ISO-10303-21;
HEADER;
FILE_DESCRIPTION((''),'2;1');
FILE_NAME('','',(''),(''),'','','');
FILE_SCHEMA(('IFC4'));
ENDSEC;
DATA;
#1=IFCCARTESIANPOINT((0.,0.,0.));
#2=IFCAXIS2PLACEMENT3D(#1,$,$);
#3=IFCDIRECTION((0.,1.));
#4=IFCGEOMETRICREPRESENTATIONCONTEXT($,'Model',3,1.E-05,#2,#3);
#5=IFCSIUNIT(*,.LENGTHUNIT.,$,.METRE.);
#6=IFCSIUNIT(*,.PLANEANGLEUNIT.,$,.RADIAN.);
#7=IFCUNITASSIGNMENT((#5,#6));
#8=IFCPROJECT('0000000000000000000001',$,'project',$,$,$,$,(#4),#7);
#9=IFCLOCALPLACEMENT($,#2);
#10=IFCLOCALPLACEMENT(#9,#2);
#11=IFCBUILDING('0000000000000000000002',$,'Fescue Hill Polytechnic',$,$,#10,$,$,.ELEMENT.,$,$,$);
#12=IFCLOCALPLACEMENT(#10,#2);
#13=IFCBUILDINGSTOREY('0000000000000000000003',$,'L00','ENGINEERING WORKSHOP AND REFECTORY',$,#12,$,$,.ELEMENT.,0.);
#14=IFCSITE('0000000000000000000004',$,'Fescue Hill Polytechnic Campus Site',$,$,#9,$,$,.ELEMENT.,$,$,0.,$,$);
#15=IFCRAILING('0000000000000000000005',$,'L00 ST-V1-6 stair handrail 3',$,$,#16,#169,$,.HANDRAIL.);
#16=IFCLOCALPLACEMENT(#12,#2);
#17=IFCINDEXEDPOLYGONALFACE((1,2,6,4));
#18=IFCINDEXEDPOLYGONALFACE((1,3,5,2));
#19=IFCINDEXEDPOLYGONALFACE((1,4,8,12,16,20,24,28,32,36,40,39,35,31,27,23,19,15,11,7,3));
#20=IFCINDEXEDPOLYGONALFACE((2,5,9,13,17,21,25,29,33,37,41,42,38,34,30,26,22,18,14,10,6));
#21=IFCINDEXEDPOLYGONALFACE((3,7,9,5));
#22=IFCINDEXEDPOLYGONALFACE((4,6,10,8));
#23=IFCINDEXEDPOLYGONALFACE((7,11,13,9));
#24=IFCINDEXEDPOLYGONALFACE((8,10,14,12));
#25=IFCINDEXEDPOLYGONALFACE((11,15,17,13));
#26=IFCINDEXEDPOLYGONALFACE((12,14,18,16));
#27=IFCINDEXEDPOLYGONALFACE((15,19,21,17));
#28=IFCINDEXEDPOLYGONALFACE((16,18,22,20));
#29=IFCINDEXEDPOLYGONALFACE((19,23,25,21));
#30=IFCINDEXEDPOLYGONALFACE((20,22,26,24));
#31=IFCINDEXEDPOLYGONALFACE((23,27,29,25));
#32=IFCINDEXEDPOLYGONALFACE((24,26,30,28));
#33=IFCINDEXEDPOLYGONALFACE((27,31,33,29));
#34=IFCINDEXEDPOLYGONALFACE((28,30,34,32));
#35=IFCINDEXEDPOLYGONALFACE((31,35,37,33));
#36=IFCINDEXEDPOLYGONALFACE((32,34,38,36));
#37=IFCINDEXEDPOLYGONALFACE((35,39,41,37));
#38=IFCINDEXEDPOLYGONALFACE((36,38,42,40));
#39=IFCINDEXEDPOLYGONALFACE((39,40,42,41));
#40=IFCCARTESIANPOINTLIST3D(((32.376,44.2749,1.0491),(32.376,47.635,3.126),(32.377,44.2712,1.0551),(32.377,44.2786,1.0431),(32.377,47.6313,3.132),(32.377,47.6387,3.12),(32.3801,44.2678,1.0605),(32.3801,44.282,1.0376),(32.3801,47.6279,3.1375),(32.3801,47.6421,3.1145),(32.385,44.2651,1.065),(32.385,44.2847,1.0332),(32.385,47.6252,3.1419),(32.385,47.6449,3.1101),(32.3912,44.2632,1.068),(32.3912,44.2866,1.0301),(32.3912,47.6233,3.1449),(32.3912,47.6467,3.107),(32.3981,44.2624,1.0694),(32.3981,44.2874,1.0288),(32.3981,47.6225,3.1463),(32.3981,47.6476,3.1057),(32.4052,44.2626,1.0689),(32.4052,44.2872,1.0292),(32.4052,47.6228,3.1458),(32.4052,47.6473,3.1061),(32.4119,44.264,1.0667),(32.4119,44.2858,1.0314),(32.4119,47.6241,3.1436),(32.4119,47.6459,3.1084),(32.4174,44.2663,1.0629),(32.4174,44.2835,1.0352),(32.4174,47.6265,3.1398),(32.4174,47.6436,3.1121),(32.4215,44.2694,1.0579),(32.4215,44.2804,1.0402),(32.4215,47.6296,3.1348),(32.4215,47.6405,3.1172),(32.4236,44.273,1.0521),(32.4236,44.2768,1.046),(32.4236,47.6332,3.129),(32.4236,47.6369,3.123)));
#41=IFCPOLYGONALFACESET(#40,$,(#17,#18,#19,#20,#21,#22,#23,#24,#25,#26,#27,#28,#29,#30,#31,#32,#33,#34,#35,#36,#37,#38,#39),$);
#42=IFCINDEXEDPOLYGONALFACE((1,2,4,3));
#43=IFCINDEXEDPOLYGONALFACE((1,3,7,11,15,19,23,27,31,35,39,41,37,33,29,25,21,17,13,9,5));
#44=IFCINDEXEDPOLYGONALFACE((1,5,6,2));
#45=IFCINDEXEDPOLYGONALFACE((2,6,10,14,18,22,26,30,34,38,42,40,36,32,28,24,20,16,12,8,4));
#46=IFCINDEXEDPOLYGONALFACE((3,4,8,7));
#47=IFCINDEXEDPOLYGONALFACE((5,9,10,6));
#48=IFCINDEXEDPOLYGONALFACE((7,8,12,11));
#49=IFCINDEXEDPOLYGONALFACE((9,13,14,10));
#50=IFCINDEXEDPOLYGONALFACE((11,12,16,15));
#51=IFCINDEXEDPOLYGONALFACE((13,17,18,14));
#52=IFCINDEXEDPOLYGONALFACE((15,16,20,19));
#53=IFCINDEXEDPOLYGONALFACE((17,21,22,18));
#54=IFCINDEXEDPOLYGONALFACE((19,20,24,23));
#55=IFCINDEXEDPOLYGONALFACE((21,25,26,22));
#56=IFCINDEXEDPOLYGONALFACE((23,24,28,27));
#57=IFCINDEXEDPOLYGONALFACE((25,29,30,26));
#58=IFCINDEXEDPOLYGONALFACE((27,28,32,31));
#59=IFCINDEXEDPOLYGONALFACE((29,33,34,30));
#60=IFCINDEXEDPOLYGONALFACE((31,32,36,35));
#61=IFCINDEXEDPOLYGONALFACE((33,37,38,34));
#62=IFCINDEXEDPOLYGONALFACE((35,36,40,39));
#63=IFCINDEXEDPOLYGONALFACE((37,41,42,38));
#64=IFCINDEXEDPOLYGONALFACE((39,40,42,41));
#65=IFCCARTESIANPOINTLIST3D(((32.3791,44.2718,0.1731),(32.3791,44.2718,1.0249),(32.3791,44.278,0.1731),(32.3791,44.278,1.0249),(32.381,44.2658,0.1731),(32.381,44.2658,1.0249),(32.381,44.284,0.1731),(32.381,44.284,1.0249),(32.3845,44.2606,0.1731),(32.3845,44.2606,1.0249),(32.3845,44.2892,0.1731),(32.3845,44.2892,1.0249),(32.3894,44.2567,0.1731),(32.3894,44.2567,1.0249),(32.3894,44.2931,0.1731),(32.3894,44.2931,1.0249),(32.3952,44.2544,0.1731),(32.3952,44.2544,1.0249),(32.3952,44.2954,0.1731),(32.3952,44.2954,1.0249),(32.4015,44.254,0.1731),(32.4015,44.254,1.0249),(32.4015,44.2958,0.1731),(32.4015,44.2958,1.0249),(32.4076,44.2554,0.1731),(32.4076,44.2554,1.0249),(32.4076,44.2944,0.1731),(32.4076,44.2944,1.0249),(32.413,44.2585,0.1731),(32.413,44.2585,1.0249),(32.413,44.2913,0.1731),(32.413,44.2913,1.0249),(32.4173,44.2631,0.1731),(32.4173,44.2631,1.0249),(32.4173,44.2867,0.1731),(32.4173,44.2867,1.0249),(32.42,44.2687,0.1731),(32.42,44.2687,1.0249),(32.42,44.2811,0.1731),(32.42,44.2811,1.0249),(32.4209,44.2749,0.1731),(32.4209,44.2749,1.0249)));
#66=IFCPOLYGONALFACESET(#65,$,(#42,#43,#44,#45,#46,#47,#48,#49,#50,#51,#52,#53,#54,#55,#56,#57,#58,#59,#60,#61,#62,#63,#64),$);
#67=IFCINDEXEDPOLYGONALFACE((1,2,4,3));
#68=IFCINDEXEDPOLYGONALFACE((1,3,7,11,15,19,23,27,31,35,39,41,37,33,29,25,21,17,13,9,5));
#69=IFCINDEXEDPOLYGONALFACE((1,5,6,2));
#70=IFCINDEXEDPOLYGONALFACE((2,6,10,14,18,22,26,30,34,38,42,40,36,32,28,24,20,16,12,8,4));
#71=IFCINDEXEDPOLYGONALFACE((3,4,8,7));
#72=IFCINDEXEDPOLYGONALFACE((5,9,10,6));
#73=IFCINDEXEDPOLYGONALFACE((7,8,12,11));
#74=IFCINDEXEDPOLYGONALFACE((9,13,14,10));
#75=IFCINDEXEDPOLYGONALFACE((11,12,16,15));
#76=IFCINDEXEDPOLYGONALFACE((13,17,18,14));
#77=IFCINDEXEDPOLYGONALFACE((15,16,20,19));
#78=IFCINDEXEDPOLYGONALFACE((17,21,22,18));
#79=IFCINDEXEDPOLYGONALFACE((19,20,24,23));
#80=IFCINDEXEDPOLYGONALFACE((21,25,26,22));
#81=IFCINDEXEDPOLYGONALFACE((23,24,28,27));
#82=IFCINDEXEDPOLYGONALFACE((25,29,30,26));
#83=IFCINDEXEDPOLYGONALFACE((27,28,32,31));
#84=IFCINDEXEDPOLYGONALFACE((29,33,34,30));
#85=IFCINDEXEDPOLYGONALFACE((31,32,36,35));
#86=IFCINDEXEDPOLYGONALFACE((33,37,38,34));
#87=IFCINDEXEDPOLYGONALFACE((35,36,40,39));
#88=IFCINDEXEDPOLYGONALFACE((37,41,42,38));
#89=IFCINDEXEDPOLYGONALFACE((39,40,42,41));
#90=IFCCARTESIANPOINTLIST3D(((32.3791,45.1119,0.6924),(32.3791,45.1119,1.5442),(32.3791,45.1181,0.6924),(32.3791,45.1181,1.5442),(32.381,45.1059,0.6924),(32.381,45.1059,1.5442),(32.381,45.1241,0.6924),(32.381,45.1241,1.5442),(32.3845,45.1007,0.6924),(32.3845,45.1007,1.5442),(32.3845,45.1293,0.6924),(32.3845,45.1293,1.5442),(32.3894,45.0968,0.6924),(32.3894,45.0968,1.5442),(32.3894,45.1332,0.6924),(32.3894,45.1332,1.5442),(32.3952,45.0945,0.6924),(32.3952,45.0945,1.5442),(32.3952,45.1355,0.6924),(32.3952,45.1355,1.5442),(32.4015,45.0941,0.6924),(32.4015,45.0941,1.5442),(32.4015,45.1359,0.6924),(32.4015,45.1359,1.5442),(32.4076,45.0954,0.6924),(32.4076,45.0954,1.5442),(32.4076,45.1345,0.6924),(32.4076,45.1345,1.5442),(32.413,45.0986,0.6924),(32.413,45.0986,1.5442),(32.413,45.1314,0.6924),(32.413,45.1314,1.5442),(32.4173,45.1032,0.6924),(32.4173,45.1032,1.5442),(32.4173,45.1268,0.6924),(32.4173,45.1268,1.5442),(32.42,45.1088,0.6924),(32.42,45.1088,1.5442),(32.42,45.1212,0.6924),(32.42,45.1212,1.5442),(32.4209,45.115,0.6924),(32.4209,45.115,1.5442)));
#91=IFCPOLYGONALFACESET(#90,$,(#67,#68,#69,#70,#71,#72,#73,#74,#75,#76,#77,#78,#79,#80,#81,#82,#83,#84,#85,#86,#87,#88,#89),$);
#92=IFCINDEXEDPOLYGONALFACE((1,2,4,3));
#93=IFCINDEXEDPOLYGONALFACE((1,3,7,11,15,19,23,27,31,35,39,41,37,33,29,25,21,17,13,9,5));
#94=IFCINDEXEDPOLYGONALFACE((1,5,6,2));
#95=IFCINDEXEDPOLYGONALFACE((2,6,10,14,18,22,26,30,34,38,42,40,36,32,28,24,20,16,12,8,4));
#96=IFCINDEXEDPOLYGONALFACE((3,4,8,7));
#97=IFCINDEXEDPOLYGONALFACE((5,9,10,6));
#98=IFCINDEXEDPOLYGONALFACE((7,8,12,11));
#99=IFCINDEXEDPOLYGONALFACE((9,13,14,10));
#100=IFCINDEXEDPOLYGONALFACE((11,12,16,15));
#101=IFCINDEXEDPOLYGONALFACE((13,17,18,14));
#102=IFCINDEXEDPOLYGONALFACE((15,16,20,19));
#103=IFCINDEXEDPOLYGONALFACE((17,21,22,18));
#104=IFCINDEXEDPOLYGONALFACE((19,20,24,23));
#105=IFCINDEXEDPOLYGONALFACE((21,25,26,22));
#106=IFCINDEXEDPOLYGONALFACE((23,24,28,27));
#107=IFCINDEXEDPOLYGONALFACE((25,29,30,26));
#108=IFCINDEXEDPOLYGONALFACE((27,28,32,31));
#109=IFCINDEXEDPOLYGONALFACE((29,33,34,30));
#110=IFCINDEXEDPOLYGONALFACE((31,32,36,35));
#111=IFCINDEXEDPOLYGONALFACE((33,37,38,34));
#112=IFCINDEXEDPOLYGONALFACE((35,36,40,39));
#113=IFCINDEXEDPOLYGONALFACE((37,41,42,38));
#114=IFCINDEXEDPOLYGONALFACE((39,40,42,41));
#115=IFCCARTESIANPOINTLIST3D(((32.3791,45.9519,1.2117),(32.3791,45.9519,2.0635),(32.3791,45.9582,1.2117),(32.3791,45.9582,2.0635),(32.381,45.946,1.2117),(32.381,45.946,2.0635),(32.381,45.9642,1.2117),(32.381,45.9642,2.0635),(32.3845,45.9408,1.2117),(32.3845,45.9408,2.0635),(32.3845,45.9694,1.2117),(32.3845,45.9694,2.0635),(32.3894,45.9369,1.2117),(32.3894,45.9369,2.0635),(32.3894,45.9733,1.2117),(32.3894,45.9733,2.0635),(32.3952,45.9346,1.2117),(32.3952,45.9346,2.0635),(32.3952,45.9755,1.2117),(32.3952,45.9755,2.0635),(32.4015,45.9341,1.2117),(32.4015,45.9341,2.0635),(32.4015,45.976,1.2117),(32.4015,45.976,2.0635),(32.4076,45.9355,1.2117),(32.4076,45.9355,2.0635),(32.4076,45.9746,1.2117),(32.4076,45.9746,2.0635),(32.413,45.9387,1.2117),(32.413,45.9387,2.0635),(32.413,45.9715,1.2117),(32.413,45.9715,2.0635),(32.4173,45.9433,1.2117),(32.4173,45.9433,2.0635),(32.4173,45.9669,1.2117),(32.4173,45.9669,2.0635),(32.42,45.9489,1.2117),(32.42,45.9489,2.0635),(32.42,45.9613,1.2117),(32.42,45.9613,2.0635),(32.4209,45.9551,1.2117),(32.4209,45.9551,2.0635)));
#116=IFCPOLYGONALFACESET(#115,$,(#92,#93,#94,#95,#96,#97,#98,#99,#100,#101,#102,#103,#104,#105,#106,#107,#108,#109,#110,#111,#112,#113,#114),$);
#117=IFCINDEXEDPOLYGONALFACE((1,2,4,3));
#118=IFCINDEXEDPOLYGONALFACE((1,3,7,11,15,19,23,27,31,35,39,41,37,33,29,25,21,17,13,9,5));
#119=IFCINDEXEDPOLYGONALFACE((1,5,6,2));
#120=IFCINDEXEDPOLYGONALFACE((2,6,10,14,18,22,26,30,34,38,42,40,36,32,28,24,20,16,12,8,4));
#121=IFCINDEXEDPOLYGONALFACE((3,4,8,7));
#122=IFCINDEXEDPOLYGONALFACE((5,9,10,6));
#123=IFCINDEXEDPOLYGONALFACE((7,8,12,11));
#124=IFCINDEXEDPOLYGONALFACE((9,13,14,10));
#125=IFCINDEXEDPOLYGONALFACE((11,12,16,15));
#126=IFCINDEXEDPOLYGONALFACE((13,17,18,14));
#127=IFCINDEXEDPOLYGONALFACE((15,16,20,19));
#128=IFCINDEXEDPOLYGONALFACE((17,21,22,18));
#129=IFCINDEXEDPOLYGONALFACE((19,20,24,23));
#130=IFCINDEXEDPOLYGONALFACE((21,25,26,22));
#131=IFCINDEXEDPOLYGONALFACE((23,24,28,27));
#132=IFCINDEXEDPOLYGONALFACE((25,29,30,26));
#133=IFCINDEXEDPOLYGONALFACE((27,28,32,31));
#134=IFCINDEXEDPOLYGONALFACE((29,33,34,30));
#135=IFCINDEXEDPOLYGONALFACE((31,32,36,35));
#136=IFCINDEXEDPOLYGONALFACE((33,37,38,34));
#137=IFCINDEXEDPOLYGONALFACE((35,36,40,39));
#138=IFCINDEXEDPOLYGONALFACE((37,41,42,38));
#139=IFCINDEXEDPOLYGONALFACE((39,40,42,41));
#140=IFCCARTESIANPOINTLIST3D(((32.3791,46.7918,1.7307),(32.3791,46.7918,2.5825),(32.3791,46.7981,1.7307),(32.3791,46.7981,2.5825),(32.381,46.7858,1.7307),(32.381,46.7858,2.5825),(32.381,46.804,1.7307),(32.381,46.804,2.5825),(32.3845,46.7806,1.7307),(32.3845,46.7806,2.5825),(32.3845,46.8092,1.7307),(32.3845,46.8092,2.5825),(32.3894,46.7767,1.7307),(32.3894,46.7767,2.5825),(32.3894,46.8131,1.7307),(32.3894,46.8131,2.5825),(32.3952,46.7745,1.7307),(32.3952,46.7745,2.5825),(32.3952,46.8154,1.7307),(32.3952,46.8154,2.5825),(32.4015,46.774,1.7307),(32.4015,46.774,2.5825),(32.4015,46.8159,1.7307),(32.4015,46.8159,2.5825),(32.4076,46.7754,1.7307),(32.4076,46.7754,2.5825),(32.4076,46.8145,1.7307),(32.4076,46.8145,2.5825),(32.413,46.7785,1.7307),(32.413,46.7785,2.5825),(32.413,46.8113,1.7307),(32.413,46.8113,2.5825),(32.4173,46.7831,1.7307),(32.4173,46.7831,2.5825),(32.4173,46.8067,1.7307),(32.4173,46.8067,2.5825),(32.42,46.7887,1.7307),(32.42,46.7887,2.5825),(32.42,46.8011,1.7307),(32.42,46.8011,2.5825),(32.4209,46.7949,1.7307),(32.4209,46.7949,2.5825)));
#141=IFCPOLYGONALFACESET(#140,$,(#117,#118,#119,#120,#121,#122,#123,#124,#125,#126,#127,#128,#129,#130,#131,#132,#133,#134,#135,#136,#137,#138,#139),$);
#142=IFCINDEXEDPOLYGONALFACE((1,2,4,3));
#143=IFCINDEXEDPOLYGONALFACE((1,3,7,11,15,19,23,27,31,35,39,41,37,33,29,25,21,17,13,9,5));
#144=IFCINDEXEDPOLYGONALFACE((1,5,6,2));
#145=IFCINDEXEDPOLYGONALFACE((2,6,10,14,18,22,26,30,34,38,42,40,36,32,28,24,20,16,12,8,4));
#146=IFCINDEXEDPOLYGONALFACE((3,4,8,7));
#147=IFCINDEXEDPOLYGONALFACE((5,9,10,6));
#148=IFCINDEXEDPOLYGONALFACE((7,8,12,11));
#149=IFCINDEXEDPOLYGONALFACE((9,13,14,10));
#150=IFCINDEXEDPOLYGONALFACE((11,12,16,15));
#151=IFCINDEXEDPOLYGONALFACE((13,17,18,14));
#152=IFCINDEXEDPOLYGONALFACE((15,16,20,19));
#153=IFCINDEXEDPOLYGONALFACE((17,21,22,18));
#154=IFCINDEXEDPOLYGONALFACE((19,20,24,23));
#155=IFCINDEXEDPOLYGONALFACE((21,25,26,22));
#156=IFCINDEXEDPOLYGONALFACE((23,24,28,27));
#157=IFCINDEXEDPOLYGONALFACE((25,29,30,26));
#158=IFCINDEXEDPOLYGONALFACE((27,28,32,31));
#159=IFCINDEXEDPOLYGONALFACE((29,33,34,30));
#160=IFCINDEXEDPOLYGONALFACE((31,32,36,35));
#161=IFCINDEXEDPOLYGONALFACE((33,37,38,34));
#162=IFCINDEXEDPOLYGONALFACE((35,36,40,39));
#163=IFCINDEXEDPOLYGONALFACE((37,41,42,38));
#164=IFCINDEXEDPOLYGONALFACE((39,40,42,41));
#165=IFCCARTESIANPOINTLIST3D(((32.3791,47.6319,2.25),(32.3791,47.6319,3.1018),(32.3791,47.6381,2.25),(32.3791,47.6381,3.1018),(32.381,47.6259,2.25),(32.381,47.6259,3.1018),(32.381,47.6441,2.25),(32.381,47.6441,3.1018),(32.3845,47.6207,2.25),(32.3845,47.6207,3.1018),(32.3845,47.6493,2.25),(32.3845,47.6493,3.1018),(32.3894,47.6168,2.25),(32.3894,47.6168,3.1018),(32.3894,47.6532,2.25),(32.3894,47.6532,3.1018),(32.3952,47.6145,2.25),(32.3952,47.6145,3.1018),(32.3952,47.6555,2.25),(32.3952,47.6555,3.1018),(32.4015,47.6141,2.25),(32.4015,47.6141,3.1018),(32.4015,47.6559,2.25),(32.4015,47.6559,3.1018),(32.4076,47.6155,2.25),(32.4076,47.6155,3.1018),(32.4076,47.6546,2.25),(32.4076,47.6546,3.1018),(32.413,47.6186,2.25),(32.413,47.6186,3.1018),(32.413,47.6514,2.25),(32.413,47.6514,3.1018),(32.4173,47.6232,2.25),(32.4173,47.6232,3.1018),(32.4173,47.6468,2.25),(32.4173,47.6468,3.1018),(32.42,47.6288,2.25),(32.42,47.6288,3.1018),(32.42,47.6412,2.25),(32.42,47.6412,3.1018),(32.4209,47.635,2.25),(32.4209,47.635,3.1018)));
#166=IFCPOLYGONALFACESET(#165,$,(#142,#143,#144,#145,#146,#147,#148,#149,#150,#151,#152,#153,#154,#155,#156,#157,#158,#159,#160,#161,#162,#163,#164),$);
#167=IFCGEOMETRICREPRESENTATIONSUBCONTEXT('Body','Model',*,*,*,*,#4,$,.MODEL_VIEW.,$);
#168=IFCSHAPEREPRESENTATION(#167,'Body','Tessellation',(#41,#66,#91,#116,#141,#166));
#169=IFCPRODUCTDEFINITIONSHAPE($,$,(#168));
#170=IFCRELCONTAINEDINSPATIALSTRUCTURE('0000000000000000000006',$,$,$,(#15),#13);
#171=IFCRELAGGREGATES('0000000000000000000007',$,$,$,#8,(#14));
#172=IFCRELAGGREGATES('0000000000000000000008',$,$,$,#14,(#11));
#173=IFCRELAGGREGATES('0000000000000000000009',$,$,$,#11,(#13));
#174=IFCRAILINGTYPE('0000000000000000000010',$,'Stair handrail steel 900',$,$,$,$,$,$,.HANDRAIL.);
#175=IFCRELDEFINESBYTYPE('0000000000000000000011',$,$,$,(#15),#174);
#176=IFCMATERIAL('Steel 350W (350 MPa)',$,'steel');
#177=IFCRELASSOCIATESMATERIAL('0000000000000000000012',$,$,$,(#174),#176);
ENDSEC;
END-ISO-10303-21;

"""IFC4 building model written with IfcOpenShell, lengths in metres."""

from ifc_helpers import new_model, si_unit, direction, frame, origin, origin_2d, place, context, subcontext, project, spatial, circle, extrude, material, type_object, element, save


model = new_model("IFC4")

# Units and contexts
model_context = context("Model", 3, precision=1e-05, world=origin(), true_north=direction((0.0, 1.0)))
body_context = subcontext(model_context, "Body", "Model", "MODEL_VIEW")
ifc_project = project(units=[si_unit("LENGTHUNIT", "METRE"), si_unit("PLANEANGLEUNIT", "RADIAN")], contexts=[model_context])

# Site, building, storey
site_placement = place(None, origin())
site = spatial("IfcSite", under=ifc_project, at=site_placement, Name="Fescue Hill Polytechnic Campus Site", CompositionType="ELEMENT", RefElevation=0.0)
building_placement = place(site_placement, origin())
building = spatial("IfcBuilding", under=site, at=building_placement, Name="Fescue Hill Polytechnic", CompositionType="ELEMENT")
storey_placement = place(building_placement, origin())
storey = spatial("IfcBuildingStorey", under=building, at=storey_placement, Name="L00", Description="ENGINEERING WORKSHOP AND REFECTORY", CompositionType="ELEMENT", Elevation=0.0)

# Railing
ifc_material_1 = material(Name="Steel 350W (350 MPa)", Category="steel")
railing_type_1 = type_object("IfcRailingType", Name="Stair handrail steel 900", PredefinedType="HANDRAIL", material=ifc_material_1)
railing_1_placement = place(storey_placement, frame((32.3999, 44.2749, 0.1731)))
element("IfcRailing", 1, at=railing_1_placement, inside=storey, type_object=railing_type_1, Name="L00 ST-V1-6 stair handrail 3", PredefinedType="HANDRAIL", context=body_context, shape_type="SweptSolid", body=[
    extrude(circle(Radius=0.0239, at=origin_2d()), frame((0.0, 0.0, 0.876), z_axis=(0.0, 0.850623, 0.525776), x_axis=(-1.0, 0.0, 0.0)), (0.0, 0.0, 1.0), 3.9502),
    extrude(circle(Radius=0.021, at=origin_2d()), origin(), (0.0, 0.0, 1.0), 0.8518),
    extrude(circle(Radius=0.021, at=origin_2d()), frame((0.0, 0.8401, 0.5193)), (0.0, 0.0, 1.0), 0.8518),
    extrude(circle(Radius=0.021, at=origin_2d()), frame((0.0, 1.6802, 1.0386)), (0.0, 0.0, 1.0), 0.8518),
    extrude(circle(Radius=0.021, at=origin_2d()), frame((0.0, 2.52, 1.5576)), (0.0, 0.0, 1.0), 0.8518),
    extrude(circle(Radius=0.021, at=origin_2d()), frame((0.0, 3.3601, 2.0769)), (0.0, 0.0, 1.0), 0.8518),
])

save(model, "model.ifc")
